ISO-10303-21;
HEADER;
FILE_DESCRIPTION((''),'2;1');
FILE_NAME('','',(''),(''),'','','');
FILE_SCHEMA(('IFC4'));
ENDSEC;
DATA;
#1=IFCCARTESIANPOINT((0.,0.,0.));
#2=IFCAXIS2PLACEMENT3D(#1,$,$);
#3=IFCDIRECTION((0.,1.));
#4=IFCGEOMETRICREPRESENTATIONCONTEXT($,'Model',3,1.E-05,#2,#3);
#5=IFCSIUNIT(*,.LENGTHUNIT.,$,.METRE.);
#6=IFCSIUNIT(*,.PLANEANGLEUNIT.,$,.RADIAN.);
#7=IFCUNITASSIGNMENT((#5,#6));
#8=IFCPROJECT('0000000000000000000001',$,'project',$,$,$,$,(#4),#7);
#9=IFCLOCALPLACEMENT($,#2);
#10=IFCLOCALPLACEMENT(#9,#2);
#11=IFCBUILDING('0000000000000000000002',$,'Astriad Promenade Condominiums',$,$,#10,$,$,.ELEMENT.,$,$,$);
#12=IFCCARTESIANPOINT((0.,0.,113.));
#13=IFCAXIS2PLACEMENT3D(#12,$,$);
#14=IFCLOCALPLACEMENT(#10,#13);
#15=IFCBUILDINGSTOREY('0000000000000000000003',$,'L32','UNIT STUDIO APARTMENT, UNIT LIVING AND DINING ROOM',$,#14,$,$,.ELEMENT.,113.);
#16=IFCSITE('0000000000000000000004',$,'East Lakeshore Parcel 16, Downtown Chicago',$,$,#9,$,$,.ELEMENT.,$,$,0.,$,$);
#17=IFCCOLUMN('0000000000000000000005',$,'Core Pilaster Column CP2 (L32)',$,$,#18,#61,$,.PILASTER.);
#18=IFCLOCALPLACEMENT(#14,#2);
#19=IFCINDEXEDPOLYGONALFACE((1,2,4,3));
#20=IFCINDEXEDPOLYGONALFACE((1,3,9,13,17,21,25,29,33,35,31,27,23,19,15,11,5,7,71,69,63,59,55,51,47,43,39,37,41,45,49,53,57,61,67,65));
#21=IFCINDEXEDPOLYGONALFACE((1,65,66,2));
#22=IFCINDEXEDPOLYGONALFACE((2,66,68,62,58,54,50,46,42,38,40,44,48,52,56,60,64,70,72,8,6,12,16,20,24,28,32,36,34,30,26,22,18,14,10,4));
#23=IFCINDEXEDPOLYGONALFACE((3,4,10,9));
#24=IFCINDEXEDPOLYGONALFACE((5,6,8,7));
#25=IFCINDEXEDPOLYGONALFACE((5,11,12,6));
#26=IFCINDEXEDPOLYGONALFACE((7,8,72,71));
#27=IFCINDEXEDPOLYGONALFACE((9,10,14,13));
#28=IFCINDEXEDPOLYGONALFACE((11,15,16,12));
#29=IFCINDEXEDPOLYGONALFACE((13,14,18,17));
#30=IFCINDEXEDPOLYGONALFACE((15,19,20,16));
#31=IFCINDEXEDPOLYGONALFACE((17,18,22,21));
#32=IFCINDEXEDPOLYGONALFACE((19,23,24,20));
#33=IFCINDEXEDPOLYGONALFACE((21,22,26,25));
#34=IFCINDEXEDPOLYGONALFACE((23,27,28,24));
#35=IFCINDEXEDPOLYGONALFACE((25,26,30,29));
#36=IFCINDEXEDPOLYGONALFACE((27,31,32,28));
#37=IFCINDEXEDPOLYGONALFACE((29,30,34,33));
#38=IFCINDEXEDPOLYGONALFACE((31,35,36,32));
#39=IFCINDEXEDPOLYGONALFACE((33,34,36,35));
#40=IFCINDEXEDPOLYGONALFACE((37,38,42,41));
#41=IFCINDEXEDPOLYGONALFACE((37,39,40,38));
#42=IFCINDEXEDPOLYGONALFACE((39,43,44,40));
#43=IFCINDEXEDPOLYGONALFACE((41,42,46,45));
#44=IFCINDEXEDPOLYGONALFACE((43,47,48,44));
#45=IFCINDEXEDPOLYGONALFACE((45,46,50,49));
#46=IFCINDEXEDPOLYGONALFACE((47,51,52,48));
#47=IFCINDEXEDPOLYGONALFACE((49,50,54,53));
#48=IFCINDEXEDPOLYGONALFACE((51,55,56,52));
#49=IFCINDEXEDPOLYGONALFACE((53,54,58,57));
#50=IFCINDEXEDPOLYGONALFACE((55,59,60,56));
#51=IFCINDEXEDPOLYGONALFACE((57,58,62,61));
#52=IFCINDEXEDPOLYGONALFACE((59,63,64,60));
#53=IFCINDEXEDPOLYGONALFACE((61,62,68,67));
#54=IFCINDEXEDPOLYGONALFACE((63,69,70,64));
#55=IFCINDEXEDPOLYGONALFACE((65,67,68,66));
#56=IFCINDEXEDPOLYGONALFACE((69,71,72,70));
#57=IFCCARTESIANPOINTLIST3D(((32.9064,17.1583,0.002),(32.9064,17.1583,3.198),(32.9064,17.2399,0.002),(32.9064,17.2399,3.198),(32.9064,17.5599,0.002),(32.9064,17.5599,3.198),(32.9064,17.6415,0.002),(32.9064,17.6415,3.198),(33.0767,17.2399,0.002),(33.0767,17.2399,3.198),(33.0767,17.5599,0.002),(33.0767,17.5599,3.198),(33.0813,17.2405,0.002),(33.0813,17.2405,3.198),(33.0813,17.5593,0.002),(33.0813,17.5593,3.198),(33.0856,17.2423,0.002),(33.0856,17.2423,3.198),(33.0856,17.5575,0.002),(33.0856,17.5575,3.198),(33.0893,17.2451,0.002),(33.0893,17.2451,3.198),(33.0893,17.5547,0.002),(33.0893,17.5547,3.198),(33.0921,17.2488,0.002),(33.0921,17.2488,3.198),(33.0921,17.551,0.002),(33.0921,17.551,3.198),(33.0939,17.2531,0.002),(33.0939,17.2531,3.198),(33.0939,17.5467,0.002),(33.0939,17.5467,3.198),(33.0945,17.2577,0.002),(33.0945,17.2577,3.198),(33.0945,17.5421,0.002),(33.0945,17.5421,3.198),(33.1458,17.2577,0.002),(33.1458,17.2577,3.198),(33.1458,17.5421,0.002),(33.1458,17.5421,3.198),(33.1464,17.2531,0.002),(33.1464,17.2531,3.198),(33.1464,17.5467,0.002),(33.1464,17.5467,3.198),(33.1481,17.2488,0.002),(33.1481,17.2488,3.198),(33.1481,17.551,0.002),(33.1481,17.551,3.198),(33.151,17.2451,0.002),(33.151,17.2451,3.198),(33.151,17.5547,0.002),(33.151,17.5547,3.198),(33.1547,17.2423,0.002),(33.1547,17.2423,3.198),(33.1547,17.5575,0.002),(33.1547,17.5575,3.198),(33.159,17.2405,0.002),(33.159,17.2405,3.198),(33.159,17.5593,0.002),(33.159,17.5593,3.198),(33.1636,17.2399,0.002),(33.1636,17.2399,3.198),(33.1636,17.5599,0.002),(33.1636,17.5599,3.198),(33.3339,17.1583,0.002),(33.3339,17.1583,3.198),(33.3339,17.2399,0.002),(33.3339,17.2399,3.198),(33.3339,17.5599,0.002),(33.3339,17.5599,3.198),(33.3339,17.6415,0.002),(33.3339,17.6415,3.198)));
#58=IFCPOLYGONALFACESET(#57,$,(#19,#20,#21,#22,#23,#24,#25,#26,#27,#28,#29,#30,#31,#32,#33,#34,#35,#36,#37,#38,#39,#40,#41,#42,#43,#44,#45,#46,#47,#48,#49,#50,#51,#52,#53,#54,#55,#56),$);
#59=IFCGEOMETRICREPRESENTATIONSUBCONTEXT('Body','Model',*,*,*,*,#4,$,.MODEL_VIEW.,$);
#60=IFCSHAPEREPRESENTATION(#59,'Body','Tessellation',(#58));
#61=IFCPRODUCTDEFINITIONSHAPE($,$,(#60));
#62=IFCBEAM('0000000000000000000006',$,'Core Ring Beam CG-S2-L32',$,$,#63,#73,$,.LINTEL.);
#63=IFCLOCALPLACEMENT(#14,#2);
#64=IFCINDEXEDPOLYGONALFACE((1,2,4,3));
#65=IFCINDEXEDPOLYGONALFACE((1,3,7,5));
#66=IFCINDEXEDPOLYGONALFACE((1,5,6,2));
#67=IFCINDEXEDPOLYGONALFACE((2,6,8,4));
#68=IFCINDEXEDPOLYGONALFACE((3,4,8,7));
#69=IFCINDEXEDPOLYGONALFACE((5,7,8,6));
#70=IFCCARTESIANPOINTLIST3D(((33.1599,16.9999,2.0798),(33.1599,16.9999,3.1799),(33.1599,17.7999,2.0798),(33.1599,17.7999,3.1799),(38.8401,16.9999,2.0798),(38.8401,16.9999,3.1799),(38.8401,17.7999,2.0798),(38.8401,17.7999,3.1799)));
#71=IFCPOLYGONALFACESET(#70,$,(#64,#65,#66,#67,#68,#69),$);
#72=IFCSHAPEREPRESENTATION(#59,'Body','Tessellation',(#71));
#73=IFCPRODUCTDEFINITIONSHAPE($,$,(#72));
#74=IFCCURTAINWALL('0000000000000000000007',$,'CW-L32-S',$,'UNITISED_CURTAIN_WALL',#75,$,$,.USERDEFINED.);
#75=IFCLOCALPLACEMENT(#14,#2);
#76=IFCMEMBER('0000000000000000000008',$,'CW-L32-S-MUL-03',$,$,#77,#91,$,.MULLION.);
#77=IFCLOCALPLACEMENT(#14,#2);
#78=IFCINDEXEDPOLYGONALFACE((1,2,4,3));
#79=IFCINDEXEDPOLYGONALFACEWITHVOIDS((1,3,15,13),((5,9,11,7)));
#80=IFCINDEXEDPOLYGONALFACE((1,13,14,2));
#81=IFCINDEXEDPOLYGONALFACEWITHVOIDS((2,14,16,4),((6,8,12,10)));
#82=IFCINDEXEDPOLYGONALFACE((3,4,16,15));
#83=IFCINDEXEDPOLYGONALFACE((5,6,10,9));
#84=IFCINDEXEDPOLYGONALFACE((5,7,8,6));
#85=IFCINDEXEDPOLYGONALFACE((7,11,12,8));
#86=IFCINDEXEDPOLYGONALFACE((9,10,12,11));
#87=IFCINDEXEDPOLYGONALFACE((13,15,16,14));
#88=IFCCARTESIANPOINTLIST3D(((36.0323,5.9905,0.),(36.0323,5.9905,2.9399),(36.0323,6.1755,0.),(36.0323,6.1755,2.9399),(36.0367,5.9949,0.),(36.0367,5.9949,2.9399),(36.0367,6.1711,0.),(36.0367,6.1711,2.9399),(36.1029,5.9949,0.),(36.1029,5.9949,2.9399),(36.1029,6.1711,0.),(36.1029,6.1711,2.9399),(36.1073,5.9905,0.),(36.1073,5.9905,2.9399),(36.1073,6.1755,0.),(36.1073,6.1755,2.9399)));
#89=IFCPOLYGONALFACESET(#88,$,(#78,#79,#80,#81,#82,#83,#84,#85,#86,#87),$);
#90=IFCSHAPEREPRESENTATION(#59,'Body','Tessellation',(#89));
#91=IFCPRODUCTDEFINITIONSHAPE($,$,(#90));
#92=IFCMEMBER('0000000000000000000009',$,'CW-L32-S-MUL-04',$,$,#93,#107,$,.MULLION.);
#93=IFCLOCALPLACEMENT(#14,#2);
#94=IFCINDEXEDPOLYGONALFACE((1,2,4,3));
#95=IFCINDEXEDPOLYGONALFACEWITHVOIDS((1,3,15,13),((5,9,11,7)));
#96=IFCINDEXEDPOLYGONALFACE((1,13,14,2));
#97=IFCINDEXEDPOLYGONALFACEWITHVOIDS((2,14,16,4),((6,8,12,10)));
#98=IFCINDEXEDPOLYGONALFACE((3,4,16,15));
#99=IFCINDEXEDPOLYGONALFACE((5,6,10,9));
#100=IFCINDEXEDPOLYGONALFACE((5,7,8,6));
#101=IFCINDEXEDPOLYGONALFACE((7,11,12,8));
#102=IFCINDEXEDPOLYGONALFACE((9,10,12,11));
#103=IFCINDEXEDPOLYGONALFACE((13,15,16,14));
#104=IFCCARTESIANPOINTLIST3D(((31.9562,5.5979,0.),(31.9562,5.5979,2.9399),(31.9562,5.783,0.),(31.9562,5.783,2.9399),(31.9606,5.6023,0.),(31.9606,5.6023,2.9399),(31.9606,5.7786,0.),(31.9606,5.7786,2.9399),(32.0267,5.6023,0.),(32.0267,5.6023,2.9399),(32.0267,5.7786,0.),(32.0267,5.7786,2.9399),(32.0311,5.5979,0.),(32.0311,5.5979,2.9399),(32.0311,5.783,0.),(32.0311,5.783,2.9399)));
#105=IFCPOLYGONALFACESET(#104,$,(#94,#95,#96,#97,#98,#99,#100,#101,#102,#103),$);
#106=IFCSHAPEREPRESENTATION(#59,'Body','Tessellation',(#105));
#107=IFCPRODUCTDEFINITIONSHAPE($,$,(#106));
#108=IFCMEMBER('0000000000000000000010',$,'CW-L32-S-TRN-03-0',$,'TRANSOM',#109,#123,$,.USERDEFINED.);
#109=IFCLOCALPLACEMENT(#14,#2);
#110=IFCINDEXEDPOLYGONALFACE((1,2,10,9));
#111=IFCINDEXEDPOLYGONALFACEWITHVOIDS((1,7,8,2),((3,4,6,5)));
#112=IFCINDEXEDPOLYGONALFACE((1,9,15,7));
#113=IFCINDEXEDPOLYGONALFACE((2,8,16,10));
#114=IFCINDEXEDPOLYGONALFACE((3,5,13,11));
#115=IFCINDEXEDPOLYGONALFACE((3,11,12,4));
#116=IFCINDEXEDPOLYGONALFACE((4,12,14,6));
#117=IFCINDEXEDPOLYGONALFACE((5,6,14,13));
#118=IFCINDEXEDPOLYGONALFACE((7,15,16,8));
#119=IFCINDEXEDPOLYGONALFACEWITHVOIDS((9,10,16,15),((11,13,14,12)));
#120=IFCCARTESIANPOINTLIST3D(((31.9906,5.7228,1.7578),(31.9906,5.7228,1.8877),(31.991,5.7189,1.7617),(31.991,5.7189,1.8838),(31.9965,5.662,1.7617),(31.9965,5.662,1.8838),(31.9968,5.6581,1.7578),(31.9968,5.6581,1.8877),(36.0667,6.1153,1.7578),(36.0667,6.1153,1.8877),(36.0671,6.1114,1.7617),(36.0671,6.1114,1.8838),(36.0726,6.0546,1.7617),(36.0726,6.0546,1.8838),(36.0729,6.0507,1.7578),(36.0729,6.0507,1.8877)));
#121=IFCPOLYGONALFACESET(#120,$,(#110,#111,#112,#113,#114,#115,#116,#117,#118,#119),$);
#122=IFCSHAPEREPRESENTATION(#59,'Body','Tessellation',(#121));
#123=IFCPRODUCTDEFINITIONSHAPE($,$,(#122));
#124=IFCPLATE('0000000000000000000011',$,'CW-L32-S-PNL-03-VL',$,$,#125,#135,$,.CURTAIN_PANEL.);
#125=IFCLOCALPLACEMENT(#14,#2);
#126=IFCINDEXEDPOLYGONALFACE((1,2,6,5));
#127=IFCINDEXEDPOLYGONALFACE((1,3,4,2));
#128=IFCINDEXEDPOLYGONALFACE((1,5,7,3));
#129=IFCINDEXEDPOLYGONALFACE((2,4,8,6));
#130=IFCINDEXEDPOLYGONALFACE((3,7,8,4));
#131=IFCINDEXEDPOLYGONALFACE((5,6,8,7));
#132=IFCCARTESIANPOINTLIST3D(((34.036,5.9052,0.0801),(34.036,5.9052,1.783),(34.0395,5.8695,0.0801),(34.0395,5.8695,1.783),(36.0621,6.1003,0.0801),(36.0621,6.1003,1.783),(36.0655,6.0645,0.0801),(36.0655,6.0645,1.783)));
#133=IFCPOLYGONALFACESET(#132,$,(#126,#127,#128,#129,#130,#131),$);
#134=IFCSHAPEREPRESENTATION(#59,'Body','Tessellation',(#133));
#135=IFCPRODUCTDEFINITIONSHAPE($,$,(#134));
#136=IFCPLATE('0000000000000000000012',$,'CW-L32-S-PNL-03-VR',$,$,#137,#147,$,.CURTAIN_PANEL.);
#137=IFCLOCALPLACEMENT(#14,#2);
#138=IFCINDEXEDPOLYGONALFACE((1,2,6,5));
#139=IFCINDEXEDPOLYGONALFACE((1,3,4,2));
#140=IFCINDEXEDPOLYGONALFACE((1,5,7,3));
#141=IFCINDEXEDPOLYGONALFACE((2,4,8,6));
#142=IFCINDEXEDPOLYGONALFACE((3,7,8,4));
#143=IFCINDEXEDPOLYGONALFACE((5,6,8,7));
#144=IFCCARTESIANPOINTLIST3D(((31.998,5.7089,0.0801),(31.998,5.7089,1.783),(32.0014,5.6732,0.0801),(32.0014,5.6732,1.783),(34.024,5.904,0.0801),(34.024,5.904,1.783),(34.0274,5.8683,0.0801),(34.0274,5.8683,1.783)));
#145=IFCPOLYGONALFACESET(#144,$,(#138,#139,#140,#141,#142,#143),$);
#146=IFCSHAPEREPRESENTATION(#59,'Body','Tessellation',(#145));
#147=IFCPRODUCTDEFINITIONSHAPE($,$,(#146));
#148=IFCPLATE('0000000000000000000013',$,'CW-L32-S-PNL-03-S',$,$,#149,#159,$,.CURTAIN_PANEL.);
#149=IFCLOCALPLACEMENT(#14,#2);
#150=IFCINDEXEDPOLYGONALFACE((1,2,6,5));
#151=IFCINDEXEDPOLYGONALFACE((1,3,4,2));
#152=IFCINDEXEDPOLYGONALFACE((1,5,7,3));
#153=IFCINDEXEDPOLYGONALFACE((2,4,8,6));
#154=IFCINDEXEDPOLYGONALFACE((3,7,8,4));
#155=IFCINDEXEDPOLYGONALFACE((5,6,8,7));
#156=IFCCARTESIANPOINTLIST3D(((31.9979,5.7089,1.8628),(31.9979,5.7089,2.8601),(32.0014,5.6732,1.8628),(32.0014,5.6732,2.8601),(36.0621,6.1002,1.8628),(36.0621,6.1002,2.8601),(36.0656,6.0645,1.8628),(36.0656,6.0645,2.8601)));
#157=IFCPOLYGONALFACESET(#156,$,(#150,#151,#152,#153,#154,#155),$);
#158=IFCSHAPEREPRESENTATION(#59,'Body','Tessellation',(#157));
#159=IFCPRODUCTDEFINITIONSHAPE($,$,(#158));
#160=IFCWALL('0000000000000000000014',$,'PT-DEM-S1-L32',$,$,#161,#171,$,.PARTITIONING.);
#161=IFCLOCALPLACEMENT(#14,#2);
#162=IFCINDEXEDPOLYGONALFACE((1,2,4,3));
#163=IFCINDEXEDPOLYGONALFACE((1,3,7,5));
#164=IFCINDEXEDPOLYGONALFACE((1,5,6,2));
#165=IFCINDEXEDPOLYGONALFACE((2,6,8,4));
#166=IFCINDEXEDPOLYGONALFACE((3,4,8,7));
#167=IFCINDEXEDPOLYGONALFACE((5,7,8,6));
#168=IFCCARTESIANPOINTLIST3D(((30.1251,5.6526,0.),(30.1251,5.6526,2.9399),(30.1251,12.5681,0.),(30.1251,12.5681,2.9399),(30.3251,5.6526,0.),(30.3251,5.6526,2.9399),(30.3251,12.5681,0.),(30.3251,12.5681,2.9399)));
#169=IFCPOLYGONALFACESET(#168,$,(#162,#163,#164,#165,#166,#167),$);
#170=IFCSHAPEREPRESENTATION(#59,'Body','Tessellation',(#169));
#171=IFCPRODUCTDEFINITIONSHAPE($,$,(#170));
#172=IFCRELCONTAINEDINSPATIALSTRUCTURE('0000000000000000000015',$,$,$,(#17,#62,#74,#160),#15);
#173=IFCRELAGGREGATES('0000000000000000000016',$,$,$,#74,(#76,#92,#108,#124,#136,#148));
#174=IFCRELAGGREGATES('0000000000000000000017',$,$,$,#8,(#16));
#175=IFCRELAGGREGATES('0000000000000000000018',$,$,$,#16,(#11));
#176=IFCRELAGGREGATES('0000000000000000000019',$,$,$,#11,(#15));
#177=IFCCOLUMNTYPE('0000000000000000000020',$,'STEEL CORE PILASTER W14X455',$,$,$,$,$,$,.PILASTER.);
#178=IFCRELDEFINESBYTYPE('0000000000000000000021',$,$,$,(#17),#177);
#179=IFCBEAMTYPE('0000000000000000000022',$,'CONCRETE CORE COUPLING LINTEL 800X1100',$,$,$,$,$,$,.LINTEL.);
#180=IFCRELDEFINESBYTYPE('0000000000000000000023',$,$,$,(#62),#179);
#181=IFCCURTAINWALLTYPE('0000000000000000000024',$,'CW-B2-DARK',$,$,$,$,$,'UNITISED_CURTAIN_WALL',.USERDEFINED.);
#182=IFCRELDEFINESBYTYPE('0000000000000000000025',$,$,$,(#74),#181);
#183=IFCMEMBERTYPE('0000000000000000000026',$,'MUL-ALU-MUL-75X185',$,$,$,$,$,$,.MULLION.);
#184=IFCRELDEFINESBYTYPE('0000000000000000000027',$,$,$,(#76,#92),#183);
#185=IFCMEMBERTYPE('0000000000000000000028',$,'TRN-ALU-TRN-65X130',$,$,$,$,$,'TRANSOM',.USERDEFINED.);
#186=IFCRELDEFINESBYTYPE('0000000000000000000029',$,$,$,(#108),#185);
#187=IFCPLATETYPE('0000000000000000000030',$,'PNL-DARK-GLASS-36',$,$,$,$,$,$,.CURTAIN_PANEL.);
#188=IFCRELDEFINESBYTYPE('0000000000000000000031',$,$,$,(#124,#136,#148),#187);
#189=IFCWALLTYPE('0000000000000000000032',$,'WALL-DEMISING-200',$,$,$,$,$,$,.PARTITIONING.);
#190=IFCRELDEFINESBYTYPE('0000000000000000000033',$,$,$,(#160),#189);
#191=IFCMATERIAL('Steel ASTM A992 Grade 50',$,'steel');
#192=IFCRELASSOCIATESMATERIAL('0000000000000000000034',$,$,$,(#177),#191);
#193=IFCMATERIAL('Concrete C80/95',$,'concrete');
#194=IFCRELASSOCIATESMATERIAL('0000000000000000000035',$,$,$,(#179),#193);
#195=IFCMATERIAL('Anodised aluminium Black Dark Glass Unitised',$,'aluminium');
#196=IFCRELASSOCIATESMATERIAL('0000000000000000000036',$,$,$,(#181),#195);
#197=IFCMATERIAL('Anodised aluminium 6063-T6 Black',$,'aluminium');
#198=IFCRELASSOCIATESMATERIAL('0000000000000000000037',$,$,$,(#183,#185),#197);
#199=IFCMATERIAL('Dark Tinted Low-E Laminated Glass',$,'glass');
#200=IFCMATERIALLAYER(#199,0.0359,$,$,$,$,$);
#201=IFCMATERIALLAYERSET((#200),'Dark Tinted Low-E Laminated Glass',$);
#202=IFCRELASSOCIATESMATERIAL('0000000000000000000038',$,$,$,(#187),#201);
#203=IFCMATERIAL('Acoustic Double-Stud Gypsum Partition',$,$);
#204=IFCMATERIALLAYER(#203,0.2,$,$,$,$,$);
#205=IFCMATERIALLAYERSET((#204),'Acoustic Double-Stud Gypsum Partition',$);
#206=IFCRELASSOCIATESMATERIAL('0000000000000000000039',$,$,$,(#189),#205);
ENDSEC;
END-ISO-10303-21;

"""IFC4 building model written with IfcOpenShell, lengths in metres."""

from ifc_helpers import new_model, si_unit, direction, frame, frame_2d, origin, origin_2d, place, context, subcontext, project, spatial, rectangle, hollow_rectangle, i_section, extrude, source, transform, mapped, material, layer, layer_set, material_profile, profile_set, type_object, type_shapes, element, aggregate, save


model = new_model("IFC4")

# Units and contexts
model_context = context("Model", 3, precision=1e-05, world=origin(), true_north=direction((0.0, 1.0)))
body_context = subcontext(model_context, "Body", "Model", "MODEL_VIEW")
ifc_project = project(units=[si_unit("LENGTHUNIT", "METRE"), si_unit("PLANEANGLEUNIT", "RADIAN")], contexts=[model_context])

# Site, building, storey
site_placement = place(None, origin())
site = spatial("IfcSite", under=ifc_project, at=site_placement, Name="East Lakeshore Parcel 16, Downtown Chicago", CompositionType="ELEMENT", RefElevation=0.0)
building_placement = place(site_placement, origin())
building = spatial("IfcBuilding", under=site, at=building_placement, Name="Astriad Promenade Condominiums", CompositionType="ELEMENT")
storey_placement = place(building_placement, frame((0.0, 0.0, 113.0)))
storey = spatial("IfcBuildingStorey", under=building, at=storey_placement, Name="L32", Description="UNIT STUDIO APARTMENT, UNIT LIVING AND DINING ROOM", CompositionType="ELEMENT", Elevation=113.0)

# Column
ifc_material_1 = material(Name="Steel ASTM A992 Grade 50", Category="steel")
ifc_material_profile_1 = material_profile(ifc_material_1, i_section(OverallWidth=0.4275, OverallDepth=0.4832, WebThickness=0.0513, FlangeThickness=0.0815, FilletRadius=0.0178, at=origin_2d()), Name="W14X455")
ifc_profile_set_1 = profile_set([ifc_material_profile_1], Name="Steel ASTM A992 Grade 50")
column_type = type_object("IfcColumnType", Name="STEEL CORE PILASTER W14X455", PredefinedType="PILASTER", material=ifc_profile_set_1)
shared_shape_1 = source(origin(), body_context, "Body", "SweptSolid", [
    extrude(i_section(OverallWidth=0.4275, OverallDepth=0.4832, WebThickness=0.0513, FlangeThickness=0.0815, FilletRadius=0.0178, at=origin_2d()), origin(), (0.0, 0.0, 1.0), 3.196),
])
type_shapes(column_type, [shared_shape_1])
column_placement = place(storey_placement, frame((33.1201, 17.3999, 0.002), z_axis=(0.0, 0.0, 1.0), x_axis=(1.0, 0.0, 0.0)))
element("IfcColumn", 1, at=column_placement, inside=storey, type_object=column_type, Name="Core Pilaster Column CP2 (L32)", PredefinedType="PILASTER", context=body_context, shape_type="MappedRepresentation", body=[
    mapped(shared_shape_1, transform((0.0, 0.0, 0.0), scale=1.0)),
])

# Beam
ifc_material_2 = material(Name="Concrete C80/95", Category="concrete")
ifc_material_profile_2 = material_profile(ifc_material_2, rectangle(XDim=0.8, YDim=1.1001, at=origin_2d()), Name="RC-BM-800X1100")
ifc_profile_set_2 = profile_set([ifc_material_profile_2], Name="Concrete C80/95")
beam_type = type_object("IfcBeamType", Name="CONCRETE CORE COUPLING LINTEL 800X1100", PredefinedType="LINTEL", material=ifc_profile_set_2)
shared_shape_2 = source(origin(), body_context, "Body", "SweptSolid", [
    extrude(rectangle(XDim=0.8, YDim=1.1001, at=origin_2d()), origin(), (0.0, 0.0, 1.0), 5.6802),
])
type_shapes(beam_type, [shared_shape_2])
beam_placement = place(storey_placement, frame((33.1599, 17.3999, 2.6299), z_axis=(1.0, 0.0, 0.0), x_axis=(0.0, 1.0, 0.0)))
element("IfcBeam", 2, at=beam_placement, inside=storey, type_object=beam_type, Name="Core Ring Beam CG-S2-L32", PredefinedType="LINTEL", context=body_context, shape_type="MappedRepresentation", body=[
    mapped(shared_shape_2, transform((0.0, 0.0, 0.0), scale=1.0)),
])

# Curtain wall, members, plates
ifc_material_3 = material(Name="Anodised aluminium Black Dark Glass Unitised", Category="aluminium")
curtain_wall_type = type_object("IfcCurtainWallType", Name="CW-B2-DARK", ElementType="UNITISED_CURTAIN_WALL", PredefinedType="USERDEFINED", material=ifc_material_3)
curtain_wall_placement = place(storey_placement, origin())
curtain_wall = element("IfcCurtainWall", 3, at=curtain_wall_placement, inside=storey, type_object=curtain_wall_type, Name="CW-L32-S", ObjectType="UNITISED_CURTAIN_WALL", PredefinedType="USERDEFINED")
ifc_material_4 = material(Name="Anodised aluminium 6063-T6 Black", Category="aluminium")
ifc_material_profile_3 = material_profile(ifc_material_4, hollow_rectangle(XDim=0.075, YDim=0.1851, WallThickness=0.0044, at=origin_2d()), Name="ALU-MUL-75X185")
ifc_profile_set_3 = profile_set([ifc_material_profile_3], Name="Anodised aluminium 6063-T6 Black")
member_type_1 = type_object("IfcMemberType", Name="MUL-ALU-MUL-75X185", PredefinedType="MULLION", material=ifc_profile_set_3)
shared_shape_3 = source(origin(), body_context, "Body", "SweptSolid", [
    extrude(hollow_rectangle(XDim=0.075, YDim=0.1851, WallThickness=0.0044, at=origin_2d()), origin(), (0.0, 0.0, 1.0), 2.9399),
])
type_shapes(member_type_1, [shared_shape_3])
member_1_placement = place(storey_placement, frame((36.0698, 6.083, 0.0), z_axis=(0.0, 0.0, 1.0), x_axis=(1.0, 0.0, 0.0)))
member_1 = element("IfcMember", 4, at=member_1_placement, type_object=member_type_1, Name="CW-L32-S-MUL-03", PredefinedType="MULLION", context=body_context, shape_type="MappedRepresentation", body=[
    mapped(shared_shape_3, transform((0.0, 0.0, 0.0), scale=1.0)),
])
member_2_placement = place(storey_placement, frame((31.9937, 5.6904, 0.0), z_axis=(0.0, 0.0, 1.0), x_axis=(1.0, 0.0, 0.0)))
member_2 = element("IfcMember", 5, at=member_2_placement, type_object=member_type_1, Name="CW-L32-S-MUL-04", PredefinedType="MULLION", context=body_context, shape_type="MappedRepresentation", body=[
    mapped(shared_shape_3, transform((0.0, 0.0, 0.0), scale=1.0)),
])
ifc_material_profile_4 = material_profile(ifc_material_4, hollow_rectangle(XDim=0.0649, YDim=0.1299, WallThickness=0.0039, at=origin_2d()), Name="ALU-TRN-65X130")
ifc_profile_set_4 = profile_set([ifc_material_profile_4], Name="Anodised aluminium 6063-T6 Black")
member_type_2 = type_object("IfcMemberType", Name="TRN-ALU-TRN-65X130", ElementType="TRANSOM", PredefinedType="USERDEFINED", material=ifc_profile_set_4)
shared_shape_4 = source(origin(), body_context, "Body", "SweptSolid", [
    extrude(hollow_rectangle(XDim=0.0649, YDim=0.1299, WallThickness=0.0039, at=origin_2d()), origin(), (0.0, 0.0, 1.0), 4.095),
])
type_shapes(member_type_2, [shared_shape_4])
member_3_placement = place(storey_placement, frame((36.0698, 6.083, 1.8228), z_axis=(-0.995394, -0.095867, 0.0), x_axis=(0.095867, -0.995394, 0.0)))
member_3 = element("IfcMember", 6, at=member_3_placement, type_object=member_type_2, Name="CW-L32-S-TRN-03-0", ObjectType="TRANSOM", PredefinedType="USERDEFINED", context=body_context, shape_type="MappedRepresentation", body=[
    mapped(shared_shape_4, transform((0.0, 0.0, 0.0), scale=1.0)),
])
ifc_material_5 = material(Name="Dark Tinted Low-E Laminated Glass", Category="glass")
ifc_layer_1 = layer(ifc_material_5, 0.0359)
ifc_layer_set_1 = layer_set([ifc_layer_1], Name="Dark Tinted Low-E Laminated Glass")
plate_type = type_object("IfcPlateType", Name="PNL-DARK-GLASS-36", PredefinedType="CURTAIN_PANEL", material=ifc_layer_set_1)
shared_shape_5 = source(origin(), body_context, "Body", "SweptSolid", [
    extrude(rectangle(XDim=2.0354, YDim=0.0359, at=origin_2d()), origin(), (0.0, 0.0, 1.0), 1.7029),
])
plate_1_placement = place(storey_placement, frame((35.0508, 5.9849, 0.0801), z_axis=(0.0, 0.0, 1.0), x_axis=(-0.995396, -0.095846, 0.0)))
plate_1 = element("IfcPlate", 7, at=plate_1_placement, type_object=plate_type, Name="CW-L32-S-PNL-03-VL", PredefinedType="CURTAIN_PANEL", context=body_context, shape_type="MappedRepresentation", body=[
    mapped(shared_shape_5, transform((0.0, 0.0, 0.0), scale=1.0)),
])
plate_2_placement = place(storey_placement, frame((33.0127, 5.7886, 0.0801), z_axis=(0.0, 0.0, 1.0), x_axis=(-0.995396, -0.095846, 0.0)))
plate_2 = element("IfcPlate", 8, at=plate_2_placement, type_object=plate_type, Name="CW-L32-S-PNL-03-VR", PredefinedType="CURTAIN_PANEL", context=body_context, shape_type="MappedRepresentation", body=[
    mapped(shared_shape_5, transform((0.0, 0.0, 0.0), scale=1.0)),
])
shared_shape_6 = source(origin(), body_context, "Body", "SweptSolid", [
    extrude(rectangle(XDim=4.083, YDim=0.0359, at=origin_2d()), origin(), (0.0, 0.0, 1.0), 0.9973),
])
type_shapes(plate_type, [shared_shape_5, shared_shape_6])
plate_3_placement = place(storey_placement, frame((34.0317, 5.8867, 1.8628), z_axis=(0.0, 0.0, 1.0), x_axis=(-0.995396, -0.095846, 0.0)))
plate_3 = element("IfcPlate", 9, at=plate_3_placement, type_object=plate_type, Name="CW-L32-S-PNL-03-S", PredefinedType="CURTAIN_PANEL", context=body_context, shape_type="MappedRepresentation", body=[
    mapped(shared_shape_6, transform((0.0, 0.0, 0.0), scale=1.0)),
])
aggregate(curtain_wall, [member_1, member_2, member_3, plate_1, plate_2, plate_3])

# Wall
ifc_material_6 = material(Name="Acoustic Double-Stud Gypsum Partition")
ifc_layer_2 = layer(ifc_material_6, 0.2)
ifc_layer_set_2 = layer_set([ifc_layer_2], Name="Acoustic Double-Stud Gypsum Partition")
wall_type_1 = type_object("IfcWallType", Name="WALL-DEMISING-200", PredefinedType="PARTITIONING", material=ifc_layer_set_2)
wall_1_placement = place(storey_placement, frame((30.2251, 5.6526, 0.0), z_axis=(0.0, 0.0, 1.0), x_axis=(0.0, 1.0, 0.0)))
element("IfcWall", 10, at=wall_1_placement, inside=storey, type_object=wall_type_1, Name="PT-DEM-S1-L32", PredefinedType="PARTITIONING", context=body_context, shape_type="SweptSolid", body=[
    extrude(rectangle(XDim=6.9155, YDim=0.2, at=frame_2d((3.4578, 0.0))), origin(), (0.0, 0.0, 1.0), 2.9399),
])

save(model, "model.ifc")
